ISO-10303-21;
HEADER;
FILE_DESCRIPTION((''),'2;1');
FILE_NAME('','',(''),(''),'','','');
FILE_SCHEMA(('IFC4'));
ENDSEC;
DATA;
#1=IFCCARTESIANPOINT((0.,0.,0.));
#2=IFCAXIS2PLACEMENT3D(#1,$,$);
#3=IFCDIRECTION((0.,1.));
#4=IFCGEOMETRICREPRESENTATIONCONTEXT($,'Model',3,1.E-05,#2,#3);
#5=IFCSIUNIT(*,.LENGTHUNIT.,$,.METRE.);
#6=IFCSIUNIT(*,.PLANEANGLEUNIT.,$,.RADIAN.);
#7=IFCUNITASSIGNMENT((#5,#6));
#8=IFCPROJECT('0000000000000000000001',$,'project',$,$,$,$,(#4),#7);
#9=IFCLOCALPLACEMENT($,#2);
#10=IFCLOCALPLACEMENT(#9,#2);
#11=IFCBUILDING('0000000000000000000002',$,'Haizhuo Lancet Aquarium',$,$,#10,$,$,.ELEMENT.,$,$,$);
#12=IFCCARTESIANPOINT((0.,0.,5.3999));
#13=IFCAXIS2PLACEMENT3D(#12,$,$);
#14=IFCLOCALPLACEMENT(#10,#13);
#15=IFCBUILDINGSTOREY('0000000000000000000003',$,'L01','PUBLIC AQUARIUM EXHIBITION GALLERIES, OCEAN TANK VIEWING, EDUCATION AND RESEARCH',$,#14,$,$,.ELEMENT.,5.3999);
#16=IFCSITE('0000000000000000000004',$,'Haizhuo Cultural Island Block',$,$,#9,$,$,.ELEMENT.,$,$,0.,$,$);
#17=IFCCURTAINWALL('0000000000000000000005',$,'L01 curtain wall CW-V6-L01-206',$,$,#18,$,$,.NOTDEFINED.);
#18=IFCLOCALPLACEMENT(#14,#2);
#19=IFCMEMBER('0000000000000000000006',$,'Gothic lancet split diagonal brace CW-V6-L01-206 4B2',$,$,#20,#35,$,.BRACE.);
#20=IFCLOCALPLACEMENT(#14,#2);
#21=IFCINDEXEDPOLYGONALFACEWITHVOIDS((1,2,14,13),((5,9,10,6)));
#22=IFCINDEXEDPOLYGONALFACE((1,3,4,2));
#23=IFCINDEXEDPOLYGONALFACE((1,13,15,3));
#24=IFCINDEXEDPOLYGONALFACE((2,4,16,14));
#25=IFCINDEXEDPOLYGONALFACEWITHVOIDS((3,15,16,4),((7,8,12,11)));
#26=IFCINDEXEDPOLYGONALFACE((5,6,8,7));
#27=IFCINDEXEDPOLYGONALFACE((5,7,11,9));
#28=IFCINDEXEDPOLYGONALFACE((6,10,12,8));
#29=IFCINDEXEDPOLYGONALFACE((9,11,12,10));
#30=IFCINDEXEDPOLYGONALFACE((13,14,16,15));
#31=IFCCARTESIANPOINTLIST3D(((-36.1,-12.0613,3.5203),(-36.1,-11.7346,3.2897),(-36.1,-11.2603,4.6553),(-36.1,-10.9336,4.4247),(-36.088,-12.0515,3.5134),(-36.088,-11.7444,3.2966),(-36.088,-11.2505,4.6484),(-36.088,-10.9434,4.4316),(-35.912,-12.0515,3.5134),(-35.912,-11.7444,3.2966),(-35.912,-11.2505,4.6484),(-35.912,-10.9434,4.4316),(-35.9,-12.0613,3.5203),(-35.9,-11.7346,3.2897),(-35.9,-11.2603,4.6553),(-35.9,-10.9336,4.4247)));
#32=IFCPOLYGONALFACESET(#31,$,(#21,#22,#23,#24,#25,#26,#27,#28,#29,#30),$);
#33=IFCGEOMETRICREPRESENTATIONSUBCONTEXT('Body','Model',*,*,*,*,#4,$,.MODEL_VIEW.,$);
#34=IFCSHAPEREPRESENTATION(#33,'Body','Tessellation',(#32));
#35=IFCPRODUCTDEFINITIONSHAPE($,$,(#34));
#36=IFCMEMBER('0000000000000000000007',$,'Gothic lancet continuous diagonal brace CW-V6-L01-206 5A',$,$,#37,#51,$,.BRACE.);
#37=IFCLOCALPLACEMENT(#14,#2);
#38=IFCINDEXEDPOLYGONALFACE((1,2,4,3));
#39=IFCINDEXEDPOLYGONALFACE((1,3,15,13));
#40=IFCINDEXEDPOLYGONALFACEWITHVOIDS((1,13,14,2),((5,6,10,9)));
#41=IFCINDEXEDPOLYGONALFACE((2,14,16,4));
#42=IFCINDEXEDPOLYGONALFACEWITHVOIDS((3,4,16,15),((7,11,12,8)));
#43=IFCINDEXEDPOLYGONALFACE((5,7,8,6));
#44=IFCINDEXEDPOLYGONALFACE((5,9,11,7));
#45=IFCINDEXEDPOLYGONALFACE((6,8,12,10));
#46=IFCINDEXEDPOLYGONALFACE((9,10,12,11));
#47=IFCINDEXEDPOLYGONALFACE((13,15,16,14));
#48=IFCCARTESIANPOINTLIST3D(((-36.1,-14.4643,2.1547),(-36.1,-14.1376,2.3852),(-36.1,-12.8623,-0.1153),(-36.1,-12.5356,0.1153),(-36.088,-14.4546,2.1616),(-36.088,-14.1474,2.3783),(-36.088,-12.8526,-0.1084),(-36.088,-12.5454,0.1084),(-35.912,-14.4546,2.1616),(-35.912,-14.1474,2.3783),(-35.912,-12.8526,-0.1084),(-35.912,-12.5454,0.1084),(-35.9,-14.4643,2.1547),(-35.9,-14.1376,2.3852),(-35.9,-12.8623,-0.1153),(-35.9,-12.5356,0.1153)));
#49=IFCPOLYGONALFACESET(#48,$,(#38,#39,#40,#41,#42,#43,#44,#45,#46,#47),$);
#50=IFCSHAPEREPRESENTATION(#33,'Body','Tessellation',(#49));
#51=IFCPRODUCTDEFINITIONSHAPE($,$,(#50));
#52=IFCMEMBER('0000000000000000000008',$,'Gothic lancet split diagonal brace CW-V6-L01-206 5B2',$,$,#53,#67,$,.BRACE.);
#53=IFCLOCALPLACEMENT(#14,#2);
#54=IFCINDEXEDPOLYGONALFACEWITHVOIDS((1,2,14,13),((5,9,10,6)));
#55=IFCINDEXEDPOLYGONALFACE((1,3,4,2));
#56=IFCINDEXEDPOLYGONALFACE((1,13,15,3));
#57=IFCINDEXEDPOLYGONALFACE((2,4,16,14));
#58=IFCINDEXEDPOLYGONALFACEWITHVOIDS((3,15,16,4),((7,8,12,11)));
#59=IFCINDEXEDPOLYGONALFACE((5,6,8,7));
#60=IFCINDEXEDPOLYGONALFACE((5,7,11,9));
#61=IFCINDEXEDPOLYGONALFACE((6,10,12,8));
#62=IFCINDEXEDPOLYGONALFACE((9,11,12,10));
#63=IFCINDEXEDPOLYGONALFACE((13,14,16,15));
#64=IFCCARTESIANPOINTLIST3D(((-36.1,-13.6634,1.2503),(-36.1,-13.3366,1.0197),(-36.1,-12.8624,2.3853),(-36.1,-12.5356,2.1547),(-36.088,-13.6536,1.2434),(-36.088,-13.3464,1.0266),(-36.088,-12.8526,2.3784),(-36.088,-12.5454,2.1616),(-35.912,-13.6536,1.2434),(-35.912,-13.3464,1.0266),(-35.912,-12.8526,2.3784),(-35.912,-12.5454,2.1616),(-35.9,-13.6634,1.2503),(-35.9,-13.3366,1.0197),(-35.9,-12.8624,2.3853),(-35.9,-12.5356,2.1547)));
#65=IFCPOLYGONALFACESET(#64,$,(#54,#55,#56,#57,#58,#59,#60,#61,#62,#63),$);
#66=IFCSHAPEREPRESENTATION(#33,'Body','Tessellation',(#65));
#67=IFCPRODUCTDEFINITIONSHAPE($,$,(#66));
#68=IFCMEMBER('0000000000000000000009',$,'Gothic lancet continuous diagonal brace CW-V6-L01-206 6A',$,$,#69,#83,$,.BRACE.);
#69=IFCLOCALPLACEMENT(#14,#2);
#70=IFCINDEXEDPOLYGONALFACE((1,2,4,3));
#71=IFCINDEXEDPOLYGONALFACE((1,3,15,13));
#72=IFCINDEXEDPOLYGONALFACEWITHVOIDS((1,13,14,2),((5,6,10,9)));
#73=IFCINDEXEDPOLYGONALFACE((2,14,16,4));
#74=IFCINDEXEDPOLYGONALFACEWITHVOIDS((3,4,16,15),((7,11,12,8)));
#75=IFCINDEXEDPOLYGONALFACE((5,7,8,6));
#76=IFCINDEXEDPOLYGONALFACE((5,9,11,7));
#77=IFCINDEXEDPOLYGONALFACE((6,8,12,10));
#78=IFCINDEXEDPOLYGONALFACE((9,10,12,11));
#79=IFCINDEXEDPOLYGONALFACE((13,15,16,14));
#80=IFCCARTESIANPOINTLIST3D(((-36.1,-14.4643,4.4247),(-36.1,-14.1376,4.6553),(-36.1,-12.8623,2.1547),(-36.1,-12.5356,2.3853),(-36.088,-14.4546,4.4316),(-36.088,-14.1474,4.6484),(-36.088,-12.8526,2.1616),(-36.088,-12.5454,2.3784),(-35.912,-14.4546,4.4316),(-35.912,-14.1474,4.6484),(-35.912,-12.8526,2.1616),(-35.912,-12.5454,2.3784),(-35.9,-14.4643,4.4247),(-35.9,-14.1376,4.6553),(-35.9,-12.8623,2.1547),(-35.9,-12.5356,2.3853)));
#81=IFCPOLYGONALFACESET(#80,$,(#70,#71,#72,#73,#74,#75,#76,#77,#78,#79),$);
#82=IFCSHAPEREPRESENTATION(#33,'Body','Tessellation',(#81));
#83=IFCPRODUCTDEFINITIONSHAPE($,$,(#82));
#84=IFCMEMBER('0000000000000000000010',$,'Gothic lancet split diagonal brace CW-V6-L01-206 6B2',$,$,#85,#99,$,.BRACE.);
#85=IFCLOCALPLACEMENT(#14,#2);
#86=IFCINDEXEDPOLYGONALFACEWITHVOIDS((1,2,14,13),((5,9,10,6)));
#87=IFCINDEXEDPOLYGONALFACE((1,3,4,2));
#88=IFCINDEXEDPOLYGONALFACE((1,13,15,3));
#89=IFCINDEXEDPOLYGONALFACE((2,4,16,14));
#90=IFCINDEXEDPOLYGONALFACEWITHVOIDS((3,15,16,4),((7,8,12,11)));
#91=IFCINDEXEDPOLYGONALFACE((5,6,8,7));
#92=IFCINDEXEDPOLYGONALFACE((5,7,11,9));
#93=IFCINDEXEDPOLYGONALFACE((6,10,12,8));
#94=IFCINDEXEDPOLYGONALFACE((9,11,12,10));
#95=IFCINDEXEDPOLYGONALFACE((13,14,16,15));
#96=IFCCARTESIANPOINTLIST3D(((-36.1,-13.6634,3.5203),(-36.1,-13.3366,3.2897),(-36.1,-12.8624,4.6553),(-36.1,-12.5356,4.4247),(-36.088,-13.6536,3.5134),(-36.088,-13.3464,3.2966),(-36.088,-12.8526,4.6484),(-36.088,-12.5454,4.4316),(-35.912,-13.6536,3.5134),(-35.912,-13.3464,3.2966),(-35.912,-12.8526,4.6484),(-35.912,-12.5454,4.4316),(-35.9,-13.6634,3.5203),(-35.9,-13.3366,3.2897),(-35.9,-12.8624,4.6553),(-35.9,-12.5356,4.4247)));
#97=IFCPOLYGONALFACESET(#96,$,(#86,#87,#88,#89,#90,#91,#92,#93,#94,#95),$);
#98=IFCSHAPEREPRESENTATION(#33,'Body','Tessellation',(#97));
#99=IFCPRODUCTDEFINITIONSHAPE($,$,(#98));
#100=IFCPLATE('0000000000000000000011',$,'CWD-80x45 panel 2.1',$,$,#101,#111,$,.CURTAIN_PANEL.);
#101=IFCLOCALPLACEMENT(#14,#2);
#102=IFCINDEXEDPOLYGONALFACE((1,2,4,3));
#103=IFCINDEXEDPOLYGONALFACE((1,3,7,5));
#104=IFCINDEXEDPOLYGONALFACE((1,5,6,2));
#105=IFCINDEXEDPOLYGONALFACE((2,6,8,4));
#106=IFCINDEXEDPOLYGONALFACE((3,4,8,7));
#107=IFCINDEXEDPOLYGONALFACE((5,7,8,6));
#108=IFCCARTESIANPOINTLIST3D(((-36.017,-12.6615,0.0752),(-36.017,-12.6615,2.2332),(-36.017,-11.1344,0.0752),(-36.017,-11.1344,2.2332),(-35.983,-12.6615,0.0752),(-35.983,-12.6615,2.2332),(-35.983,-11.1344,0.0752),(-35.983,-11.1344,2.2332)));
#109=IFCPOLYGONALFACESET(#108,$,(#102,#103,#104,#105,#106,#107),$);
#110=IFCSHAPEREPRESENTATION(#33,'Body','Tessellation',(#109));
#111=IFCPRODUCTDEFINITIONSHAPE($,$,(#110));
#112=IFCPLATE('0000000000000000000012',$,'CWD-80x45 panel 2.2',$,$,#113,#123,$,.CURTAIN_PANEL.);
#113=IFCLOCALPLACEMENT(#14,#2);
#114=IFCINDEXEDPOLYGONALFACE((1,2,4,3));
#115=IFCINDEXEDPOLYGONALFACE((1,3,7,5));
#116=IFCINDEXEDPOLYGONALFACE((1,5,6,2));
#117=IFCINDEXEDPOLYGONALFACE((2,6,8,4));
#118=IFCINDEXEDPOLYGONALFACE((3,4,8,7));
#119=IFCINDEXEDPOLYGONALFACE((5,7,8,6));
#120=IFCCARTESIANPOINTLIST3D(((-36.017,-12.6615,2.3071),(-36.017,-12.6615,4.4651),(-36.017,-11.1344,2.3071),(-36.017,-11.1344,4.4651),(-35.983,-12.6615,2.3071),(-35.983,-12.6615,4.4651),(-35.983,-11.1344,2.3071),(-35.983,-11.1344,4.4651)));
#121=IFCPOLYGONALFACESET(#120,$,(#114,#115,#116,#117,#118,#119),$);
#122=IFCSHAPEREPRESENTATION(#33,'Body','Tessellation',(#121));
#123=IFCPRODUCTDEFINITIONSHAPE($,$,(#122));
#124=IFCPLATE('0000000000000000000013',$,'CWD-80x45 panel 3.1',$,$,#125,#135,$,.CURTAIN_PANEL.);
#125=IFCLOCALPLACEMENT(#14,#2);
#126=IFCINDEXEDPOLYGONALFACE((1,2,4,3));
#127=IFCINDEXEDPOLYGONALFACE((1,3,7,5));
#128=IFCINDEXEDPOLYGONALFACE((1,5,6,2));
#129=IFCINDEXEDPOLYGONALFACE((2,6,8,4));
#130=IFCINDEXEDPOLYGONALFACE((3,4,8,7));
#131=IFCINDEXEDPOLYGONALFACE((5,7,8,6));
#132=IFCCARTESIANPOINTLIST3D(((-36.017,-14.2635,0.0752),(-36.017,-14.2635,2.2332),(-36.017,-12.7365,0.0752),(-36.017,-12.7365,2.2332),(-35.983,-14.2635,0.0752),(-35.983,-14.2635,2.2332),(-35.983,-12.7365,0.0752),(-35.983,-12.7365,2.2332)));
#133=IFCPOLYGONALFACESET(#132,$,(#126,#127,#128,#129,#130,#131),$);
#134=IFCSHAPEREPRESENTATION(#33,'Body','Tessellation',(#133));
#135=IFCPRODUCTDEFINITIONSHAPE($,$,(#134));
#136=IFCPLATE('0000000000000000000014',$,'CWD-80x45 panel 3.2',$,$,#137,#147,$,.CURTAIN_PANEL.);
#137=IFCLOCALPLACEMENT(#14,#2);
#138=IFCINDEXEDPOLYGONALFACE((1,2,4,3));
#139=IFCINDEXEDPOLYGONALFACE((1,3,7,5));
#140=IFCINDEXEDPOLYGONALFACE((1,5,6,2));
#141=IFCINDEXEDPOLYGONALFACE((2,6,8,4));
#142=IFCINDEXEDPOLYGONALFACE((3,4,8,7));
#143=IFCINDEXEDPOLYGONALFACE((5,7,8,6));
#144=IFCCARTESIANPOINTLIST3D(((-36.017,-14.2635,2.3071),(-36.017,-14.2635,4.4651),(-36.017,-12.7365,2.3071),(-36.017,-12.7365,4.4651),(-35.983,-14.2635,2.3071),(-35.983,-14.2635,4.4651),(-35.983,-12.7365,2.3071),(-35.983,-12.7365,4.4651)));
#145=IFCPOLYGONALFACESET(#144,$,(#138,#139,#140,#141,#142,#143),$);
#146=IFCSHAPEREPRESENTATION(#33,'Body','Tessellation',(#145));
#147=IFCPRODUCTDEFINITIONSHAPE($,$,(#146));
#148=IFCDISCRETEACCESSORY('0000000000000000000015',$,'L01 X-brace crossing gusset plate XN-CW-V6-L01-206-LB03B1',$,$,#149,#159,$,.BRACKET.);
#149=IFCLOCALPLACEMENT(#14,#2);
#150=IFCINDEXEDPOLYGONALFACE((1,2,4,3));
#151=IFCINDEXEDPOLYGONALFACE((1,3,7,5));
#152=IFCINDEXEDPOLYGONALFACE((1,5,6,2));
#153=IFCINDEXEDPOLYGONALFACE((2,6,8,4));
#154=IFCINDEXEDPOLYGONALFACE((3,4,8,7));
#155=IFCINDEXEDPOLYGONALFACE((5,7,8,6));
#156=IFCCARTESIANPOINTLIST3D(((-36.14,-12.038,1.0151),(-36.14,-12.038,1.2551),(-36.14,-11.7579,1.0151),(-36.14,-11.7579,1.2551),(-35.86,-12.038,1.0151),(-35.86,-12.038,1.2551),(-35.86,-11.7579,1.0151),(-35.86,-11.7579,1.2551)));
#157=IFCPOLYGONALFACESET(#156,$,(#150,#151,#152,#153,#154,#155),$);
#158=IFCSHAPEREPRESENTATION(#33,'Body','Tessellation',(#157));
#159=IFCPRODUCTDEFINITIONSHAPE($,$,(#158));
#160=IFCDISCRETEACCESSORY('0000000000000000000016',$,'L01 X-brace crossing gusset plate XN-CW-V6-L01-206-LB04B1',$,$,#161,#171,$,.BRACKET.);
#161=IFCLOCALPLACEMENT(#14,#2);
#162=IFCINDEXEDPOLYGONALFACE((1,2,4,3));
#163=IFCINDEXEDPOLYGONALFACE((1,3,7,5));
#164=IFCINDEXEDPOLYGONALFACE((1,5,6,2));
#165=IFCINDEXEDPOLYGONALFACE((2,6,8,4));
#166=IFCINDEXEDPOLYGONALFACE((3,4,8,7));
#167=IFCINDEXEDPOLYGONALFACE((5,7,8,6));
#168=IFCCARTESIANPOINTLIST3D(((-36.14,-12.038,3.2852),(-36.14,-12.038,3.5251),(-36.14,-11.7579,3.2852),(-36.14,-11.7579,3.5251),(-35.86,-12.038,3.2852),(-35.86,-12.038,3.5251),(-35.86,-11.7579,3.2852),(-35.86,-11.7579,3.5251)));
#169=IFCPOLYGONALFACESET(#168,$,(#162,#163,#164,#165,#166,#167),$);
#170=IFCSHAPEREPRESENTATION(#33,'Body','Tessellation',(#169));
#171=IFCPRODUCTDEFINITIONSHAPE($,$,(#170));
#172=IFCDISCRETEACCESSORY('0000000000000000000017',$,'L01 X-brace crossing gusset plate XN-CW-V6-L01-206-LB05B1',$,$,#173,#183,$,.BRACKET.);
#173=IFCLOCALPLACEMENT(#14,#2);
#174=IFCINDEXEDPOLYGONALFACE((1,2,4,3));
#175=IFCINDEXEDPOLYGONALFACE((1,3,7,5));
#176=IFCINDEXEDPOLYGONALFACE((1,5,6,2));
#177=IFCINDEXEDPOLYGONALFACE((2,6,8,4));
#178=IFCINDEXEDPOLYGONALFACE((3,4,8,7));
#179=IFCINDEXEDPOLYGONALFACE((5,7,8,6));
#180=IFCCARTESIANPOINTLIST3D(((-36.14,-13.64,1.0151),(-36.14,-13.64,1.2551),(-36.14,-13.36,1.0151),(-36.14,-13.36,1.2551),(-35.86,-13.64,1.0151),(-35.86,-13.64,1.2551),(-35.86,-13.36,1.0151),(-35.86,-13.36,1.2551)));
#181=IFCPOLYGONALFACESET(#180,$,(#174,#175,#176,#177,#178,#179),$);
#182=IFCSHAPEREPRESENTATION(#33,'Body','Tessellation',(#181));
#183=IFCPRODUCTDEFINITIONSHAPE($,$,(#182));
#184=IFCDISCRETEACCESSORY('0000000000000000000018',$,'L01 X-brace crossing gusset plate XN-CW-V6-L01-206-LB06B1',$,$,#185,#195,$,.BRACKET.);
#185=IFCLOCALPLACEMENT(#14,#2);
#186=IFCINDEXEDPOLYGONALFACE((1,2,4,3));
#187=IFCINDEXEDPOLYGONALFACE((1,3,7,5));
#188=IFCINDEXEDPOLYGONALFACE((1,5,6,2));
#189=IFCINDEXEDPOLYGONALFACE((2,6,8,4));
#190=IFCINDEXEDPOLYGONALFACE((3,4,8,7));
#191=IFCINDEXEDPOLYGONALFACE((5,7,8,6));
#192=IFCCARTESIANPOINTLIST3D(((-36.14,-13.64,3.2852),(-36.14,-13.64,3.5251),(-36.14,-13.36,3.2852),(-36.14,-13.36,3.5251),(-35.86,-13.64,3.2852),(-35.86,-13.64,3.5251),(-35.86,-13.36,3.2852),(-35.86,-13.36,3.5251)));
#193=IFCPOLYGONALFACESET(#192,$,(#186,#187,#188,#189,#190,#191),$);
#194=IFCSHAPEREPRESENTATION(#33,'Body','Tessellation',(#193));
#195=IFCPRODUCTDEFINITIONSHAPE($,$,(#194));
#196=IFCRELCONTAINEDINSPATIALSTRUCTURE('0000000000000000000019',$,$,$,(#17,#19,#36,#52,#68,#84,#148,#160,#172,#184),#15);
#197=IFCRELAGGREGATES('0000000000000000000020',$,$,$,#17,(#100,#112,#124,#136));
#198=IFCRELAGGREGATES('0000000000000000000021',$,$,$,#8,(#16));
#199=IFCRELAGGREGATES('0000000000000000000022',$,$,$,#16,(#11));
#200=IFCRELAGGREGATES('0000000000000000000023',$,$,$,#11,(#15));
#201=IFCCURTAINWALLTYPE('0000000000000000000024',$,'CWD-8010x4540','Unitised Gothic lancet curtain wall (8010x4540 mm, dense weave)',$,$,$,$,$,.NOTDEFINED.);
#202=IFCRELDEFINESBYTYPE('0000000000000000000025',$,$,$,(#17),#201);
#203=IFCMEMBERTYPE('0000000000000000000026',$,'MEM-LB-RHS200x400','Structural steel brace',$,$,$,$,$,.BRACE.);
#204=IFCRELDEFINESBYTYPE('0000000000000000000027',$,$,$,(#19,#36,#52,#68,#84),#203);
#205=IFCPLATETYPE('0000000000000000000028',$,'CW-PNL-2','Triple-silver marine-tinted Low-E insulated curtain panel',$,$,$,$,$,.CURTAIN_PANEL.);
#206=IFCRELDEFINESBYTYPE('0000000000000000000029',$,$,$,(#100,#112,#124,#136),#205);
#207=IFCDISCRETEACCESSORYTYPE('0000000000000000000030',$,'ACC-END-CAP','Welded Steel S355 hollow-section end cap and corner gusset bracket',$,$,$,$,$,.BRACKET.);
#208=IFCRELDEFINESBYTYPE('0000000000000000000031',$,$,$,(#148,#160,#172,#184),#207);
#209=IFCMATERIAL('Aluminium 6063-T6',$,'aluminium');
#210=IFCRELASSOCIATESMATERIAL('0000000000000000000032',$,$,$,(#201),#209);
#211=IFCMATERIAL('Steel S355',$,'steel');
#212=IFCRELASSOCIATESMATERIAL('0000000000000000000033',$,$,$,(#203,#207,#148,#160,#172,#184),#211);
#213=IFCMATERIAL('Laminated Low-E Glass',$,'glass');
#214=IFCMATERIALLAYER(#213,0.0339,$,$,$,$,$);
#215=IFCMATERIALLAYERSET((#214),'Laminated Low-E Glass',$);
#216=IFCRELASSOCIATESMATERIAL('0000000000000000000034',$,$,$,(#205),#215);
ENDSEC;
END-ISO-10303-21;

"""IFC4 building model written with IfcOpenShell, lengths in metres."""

from ifc_helpers import new_model, si_unit, direction, frame, origin, origin_2d, place, context, subcontext, project, spatial, rectangle, hollow_rectangle, extrude, material, layer, layer_set, material_profile, profile_set, type_object, element, aggregate, save


model = new_model("IFC4")

# Units and contexts
model_context = context("Model", 3, precision=1e-05, world=origin(), true_north=direction((0.0, 1.0)))
body_context = subcontext(model_context, "Body", "Model", "MODEL_VIEW")
ifc_project = project(units=[si_unit("LENGTHUNIT", "METRE"), si_unit("PLANEANGLEUNIT", "RADIAN")], contexts=[model_context])

# Site, building, storey
site_placement = place(None, origin())
site = spatial("IfcSite", under=ifc_project, at=site_placement, Name="Haizhuo Cultural Island Block", CompositionType="ELEMENT", RefElevation=0.0)
building_placement = place(site_placement, origin())
building = spatial("IfcBuilding", under=site, at=building_placement, Name="Haizhuo Lancet Aquarium", CompositionType="ELEMENT")
storey_placement = place(building_placement, frame((0.0, 0.0, 5.3999)))
storey = spatial("IfcBuildingStorey", under=building, at=storey_placement, Name="L01", Description="PUBLIC AQUARIUM EXHIBITION GALLERIES, OCEAN TANK VIEWING, EDUCATION AND RESEARCH", CompositionType="ELEMENT", Elevation=5.3999)

# Shared definitions
ifc_material_1 = material(Name="Aluminium 6063-T6", Category="aluminium")

# Curtain wall
curtain_wall_type_1 = type_object("IfcCurtainWallType", Name="CWD-8010x4540", Description="Unitised Gothic lancet curtain wall (8010x4540 mm, dense weave)", PredefinedType="NOTDEFINED", material=ifc_material_1)
curtain_wall_1_placement = place(storey_placement, origin())
curtain_wall_1 = element("IfcCurtainWall", 1, at=curtain_wall_1_placement, inside=storey, type_object=curtain_wall_type_1, Name="L01 curtain wall CW-V6-L01-206", PredefinedType="NOTDEFINED")

# Members
ifc_material_2 = material(Name="Steel S355", Category="steel")
ifc_material_profile_1 = material_profile(ifc_material_2, hollow_rectangle(XDim=0.2, YDim=0.3999, WallThickness=0.012, at=origin_2d()), Name="RHS 200x400x12")
ifc_profile_set_1 = profile_set([ifc_material_profile_1], Name="Steel S355")
member_type_1 = type_object("IfcMemberType", Name="MEM-LB-RHS200x400", Description="Structural steel brace", PredefinedType="BRACE", material=ifc_profile_set_1)
for number, where, z_axis, x_axis, name in (
    (2, (-36.0, -11.8979, 3.405), (0.0, 0.576607, 0.817021), (-1.0, 0.0, 0.0), "Gothic lancet split diagonal brace CW-V6-L01-206 4B2"),
):
    element("IfcMember", number, at=place(storey_placement, frame(where, z_axis=z_axis, x_axis=x_axis)), inside=storey, type_object=member_type_1, Name=name, PredefinedType="BRACE", context=body_context, shape_type="SweptSolid", body=[
        extrude(hollow_rectangle(XDim=0.2, YDim=0.3999, WallThickness=0.012, at=origin_2d()), origin(), (0.0, 0.0, 1.0), 1.3892),
    ])
member_1_placement = place(storey_placement, frame((-36.0, -12.699, 0.0), z_axis=(0.0, -0.576607, 0.817021), x_axis=(1.0, 0.0, 0.0)))
element("IfcMember", 3, at=member_1_placement, inside=storey, type_object=member_type_1, Name="Gothic lancet continuous diagonal brace CW-V6-L01-206 5A", PredefinedType="BRACE", context=body_context, shape_type="SweptSolid", body=[
    extrude(hollow_rectangle(XDim=0.2, YDim=0.3999, WallThickness=0.012, at=origin_2d()), origin(), (0.0, 0.0, 1.0), 2.7783),
])
member_2_placement = place(storey_placement, frame((-36.0, -13.5, 1.135), z_axis=(0.0, 0.576607, 0.817021), x_axis=(-1.0, 0.0, 0.0)))
element("IfcMember", 4, at=member_2_placement, inside=storey, type_object=member_type_1, Name="Gothic lancet split diagonal brace CW-V6-L01-206 5B2", PredefinedType="BRACE", context=body_context, shape_type="SweptSolid", body=[
    extrude(hollow_rectangle(XDim=0.2, YDim=0.3999, WallThickness=0.012, at=origin_2d()), origin(), (0.0, 0.0, 1.0), 1.3892),
])
member_3_placement = place(storey_placement, frame((-36.0, -12.699, 2.27), z_axis=(0.0, -0.576607, 0.817021), x_axis=(1.0, 0.0, 0.0)))
element("IfcMember", 5, at=member_3_placement, inside=storey, type_object=member_type_1, Name="Gothic lancet continuous diagonal brace CW-V6-L01-206 6A", PredefinedType="BRACE", context=body_context, shape_type="SweptSolid", body=[
    extrude(hollow_rectangle(XDim=0.2, YDim=0.3999, WallThickness=0.012, at=origin_2d()), origin(), (0.0, 0.0, 1.0), 2.7783),
])
member_4_placement = place(storey_placement, frame((-36.0, -13.5, 3.405), z_axis=(0.0, 0.576607, 0.817021), x_axis=(-1.0, 0.0, 0.0)))
element("IfcMember", 6, at=member_4_placement, inside=storey, type_object=member_type_1, Name="Gothic lancet split diagonal brace CW-V6-L01-206 6B2", PredefinedType="BRACE", context=body_context, shape_type="SweptSolid", body=[
    extrude(hollow_rectangle(XDim=0.2, YDim=0.3999, WallThickness=0.012, at=origin_2d()), origin(), (0.0, 0.0, 1.0), 1.3892),
])

# Plates
ifc_material_3 = material(Name="Laminated Low-E Glass", Category="glass")
ifc_layer = layer(ifc_material_3, 0.0339)
ifc_layer_set = layer_set([ifc_layer], Name="Laminated Low-E Glass")
plate_type = type_object("IfcPlateType", Name="CW-PNL-2", Description="Triple-silver marine-tinted Low-E insulated curtain panel", PredefinedType="CURTAIN_PANEL", material=ifc_layer_set)
plate_1_placement = place(storey_placement, frame((-36.0, -11.8979, 0.0752), z_axis=(0.0, 0.0, 1.0), x_axis=(0.0, -1.0, 0.0)))
plate_1 = element("IfcPlate", 7, at=plate_1_placement, type_object=plate_type, Name="CWD-80x45 panel 2.1", PredefinedType="CURTAIN_PANEL", context=body_context, shape_type="SweptSolid", body=[
    extrude(rectangle(XDim=1.5271, YDim=0.0339, at=origin_2d()), origin(), (0.0, 0.0, 1.0), 2.158),
])
plate_2_placement = place(storey_placement, frame((-36.0, -11.8979, 2.3071), z_axis=(0.0, 0.0, 1.0), x_axis=(0.0, -1.0, 0.0)))
plate_2 = element("IfcPlate", 8, at=plate_2_placement, type_object=plate_type, Name="CWD-80x45 panel 2.2", PredefinedType="CURTAIN_PANEL", context=body_context, shape_type="SweptSolid", body=[
    extrude(rectangle(XDim=1.5271, YDim=0.0339, at=origin_2d()), origin(), (0.0, 0.0, 1.0), 2.158),
])
plate_3_placement = place(storey_placement, frame((-36.0, -13.5, 0.0752), z_axis=(0.0, 0.0, 1.0), x_axis=(0.0, -1.0, 0.0)))
plate_3 = element("IfcPlate", 9, at=plate_3_placement, type_object=plate_type, Name="CWD-80x45 panel 3.1", PredefinedType="CURTAIN_PANEL", context=body_context, shape_type="SweptSolid", body=[
    extrude(rectangle(XDim=1.5271, YDim=0.0339, at=origin_2d()), origin(), (0.0, 0.0, 1.0), 2.158),
])
plate_4_placement = place(storey_placement, frame((-36.0, -13.5, 2.3071), z_axis=(0.0, 0.0, 1.0), x_axis=(0.0, -1.0, 0.0)))
plate_4 = element("IfcPlate", 10, at=plate_4_placement, type_object=plate_type, Name="CWD-80x45 panel 3.2", PredefinedType="CURTAIN_PANEL", context=body_context, shape_type="SweptSolid", body=[
    extrude(rectangle(XDim=1.5271, YDim=0.0339, at=origin_2d()), origin(), (0.0, 0.0, 1.0), 2.158),
])
aggregate(curtain_wall_1, [plate_1, plate_2, plate_3, plate_4])

# Discrete accessories
discrete_accessory_type = type_object("IfcDiscreteAccessoryType", Name="ACC-END-CAP", Description="Welded Steel S355 hollow-section end cap and corner gusset bracket", PredefinedType="BRACKET", material=ifc_material_2)
for number, where, z_axis, x_axis, name in (
    (11, (-36.0, -11.8979, 1.0151), (0.0, 0.0, 1.0), (1.0, 0.0, 0.0), "L01 X-brace crossing gusset plate XN-CW-V6-L01-206-LB03B1"),
    (12, (-36.0, -11.8979, 3.2852), (0.0, 0.0, 1.0), (1.0, 0.0, 0.0), "L01 X-brace crossing gusset plate XN-CW-V6-L01-206-LB04B1"),
    (13, (-36.0, -13.5, 1.0151), (0.0, 0.0, 1.0), (1.0, 0.0, 0.0), "L01 X-brace crossing gusset plate XN-CW-V6-L01-206-LB05B1"),
    (14, (-36.0, -13.5, 3.2852), (0.0, 0.0, 1.0), (1.0, 0.0, 0.0), "L01 X-brace crossing gusset plate XN-CW-V6-L01-206-LB06B1"),
):
    element("IfcDiscreteAccessory", number, at=place(storey_placement, frame(where, z_axis=z_axis, x_axis=x_axis)), inside=storey, type_object=discrete_accessory_type, material=ifc_material_2, Name=name, PredefinedType="BRACKET", context=body_context, shape_type="SweptSolid", body=[
        extrude(rectangle(XDim=0.28, YDim=0.28, at=origin_2d()), origin(), (0.0, 0.0, 1.0), 0.24),
    ])

save(model, "model.ifc")
